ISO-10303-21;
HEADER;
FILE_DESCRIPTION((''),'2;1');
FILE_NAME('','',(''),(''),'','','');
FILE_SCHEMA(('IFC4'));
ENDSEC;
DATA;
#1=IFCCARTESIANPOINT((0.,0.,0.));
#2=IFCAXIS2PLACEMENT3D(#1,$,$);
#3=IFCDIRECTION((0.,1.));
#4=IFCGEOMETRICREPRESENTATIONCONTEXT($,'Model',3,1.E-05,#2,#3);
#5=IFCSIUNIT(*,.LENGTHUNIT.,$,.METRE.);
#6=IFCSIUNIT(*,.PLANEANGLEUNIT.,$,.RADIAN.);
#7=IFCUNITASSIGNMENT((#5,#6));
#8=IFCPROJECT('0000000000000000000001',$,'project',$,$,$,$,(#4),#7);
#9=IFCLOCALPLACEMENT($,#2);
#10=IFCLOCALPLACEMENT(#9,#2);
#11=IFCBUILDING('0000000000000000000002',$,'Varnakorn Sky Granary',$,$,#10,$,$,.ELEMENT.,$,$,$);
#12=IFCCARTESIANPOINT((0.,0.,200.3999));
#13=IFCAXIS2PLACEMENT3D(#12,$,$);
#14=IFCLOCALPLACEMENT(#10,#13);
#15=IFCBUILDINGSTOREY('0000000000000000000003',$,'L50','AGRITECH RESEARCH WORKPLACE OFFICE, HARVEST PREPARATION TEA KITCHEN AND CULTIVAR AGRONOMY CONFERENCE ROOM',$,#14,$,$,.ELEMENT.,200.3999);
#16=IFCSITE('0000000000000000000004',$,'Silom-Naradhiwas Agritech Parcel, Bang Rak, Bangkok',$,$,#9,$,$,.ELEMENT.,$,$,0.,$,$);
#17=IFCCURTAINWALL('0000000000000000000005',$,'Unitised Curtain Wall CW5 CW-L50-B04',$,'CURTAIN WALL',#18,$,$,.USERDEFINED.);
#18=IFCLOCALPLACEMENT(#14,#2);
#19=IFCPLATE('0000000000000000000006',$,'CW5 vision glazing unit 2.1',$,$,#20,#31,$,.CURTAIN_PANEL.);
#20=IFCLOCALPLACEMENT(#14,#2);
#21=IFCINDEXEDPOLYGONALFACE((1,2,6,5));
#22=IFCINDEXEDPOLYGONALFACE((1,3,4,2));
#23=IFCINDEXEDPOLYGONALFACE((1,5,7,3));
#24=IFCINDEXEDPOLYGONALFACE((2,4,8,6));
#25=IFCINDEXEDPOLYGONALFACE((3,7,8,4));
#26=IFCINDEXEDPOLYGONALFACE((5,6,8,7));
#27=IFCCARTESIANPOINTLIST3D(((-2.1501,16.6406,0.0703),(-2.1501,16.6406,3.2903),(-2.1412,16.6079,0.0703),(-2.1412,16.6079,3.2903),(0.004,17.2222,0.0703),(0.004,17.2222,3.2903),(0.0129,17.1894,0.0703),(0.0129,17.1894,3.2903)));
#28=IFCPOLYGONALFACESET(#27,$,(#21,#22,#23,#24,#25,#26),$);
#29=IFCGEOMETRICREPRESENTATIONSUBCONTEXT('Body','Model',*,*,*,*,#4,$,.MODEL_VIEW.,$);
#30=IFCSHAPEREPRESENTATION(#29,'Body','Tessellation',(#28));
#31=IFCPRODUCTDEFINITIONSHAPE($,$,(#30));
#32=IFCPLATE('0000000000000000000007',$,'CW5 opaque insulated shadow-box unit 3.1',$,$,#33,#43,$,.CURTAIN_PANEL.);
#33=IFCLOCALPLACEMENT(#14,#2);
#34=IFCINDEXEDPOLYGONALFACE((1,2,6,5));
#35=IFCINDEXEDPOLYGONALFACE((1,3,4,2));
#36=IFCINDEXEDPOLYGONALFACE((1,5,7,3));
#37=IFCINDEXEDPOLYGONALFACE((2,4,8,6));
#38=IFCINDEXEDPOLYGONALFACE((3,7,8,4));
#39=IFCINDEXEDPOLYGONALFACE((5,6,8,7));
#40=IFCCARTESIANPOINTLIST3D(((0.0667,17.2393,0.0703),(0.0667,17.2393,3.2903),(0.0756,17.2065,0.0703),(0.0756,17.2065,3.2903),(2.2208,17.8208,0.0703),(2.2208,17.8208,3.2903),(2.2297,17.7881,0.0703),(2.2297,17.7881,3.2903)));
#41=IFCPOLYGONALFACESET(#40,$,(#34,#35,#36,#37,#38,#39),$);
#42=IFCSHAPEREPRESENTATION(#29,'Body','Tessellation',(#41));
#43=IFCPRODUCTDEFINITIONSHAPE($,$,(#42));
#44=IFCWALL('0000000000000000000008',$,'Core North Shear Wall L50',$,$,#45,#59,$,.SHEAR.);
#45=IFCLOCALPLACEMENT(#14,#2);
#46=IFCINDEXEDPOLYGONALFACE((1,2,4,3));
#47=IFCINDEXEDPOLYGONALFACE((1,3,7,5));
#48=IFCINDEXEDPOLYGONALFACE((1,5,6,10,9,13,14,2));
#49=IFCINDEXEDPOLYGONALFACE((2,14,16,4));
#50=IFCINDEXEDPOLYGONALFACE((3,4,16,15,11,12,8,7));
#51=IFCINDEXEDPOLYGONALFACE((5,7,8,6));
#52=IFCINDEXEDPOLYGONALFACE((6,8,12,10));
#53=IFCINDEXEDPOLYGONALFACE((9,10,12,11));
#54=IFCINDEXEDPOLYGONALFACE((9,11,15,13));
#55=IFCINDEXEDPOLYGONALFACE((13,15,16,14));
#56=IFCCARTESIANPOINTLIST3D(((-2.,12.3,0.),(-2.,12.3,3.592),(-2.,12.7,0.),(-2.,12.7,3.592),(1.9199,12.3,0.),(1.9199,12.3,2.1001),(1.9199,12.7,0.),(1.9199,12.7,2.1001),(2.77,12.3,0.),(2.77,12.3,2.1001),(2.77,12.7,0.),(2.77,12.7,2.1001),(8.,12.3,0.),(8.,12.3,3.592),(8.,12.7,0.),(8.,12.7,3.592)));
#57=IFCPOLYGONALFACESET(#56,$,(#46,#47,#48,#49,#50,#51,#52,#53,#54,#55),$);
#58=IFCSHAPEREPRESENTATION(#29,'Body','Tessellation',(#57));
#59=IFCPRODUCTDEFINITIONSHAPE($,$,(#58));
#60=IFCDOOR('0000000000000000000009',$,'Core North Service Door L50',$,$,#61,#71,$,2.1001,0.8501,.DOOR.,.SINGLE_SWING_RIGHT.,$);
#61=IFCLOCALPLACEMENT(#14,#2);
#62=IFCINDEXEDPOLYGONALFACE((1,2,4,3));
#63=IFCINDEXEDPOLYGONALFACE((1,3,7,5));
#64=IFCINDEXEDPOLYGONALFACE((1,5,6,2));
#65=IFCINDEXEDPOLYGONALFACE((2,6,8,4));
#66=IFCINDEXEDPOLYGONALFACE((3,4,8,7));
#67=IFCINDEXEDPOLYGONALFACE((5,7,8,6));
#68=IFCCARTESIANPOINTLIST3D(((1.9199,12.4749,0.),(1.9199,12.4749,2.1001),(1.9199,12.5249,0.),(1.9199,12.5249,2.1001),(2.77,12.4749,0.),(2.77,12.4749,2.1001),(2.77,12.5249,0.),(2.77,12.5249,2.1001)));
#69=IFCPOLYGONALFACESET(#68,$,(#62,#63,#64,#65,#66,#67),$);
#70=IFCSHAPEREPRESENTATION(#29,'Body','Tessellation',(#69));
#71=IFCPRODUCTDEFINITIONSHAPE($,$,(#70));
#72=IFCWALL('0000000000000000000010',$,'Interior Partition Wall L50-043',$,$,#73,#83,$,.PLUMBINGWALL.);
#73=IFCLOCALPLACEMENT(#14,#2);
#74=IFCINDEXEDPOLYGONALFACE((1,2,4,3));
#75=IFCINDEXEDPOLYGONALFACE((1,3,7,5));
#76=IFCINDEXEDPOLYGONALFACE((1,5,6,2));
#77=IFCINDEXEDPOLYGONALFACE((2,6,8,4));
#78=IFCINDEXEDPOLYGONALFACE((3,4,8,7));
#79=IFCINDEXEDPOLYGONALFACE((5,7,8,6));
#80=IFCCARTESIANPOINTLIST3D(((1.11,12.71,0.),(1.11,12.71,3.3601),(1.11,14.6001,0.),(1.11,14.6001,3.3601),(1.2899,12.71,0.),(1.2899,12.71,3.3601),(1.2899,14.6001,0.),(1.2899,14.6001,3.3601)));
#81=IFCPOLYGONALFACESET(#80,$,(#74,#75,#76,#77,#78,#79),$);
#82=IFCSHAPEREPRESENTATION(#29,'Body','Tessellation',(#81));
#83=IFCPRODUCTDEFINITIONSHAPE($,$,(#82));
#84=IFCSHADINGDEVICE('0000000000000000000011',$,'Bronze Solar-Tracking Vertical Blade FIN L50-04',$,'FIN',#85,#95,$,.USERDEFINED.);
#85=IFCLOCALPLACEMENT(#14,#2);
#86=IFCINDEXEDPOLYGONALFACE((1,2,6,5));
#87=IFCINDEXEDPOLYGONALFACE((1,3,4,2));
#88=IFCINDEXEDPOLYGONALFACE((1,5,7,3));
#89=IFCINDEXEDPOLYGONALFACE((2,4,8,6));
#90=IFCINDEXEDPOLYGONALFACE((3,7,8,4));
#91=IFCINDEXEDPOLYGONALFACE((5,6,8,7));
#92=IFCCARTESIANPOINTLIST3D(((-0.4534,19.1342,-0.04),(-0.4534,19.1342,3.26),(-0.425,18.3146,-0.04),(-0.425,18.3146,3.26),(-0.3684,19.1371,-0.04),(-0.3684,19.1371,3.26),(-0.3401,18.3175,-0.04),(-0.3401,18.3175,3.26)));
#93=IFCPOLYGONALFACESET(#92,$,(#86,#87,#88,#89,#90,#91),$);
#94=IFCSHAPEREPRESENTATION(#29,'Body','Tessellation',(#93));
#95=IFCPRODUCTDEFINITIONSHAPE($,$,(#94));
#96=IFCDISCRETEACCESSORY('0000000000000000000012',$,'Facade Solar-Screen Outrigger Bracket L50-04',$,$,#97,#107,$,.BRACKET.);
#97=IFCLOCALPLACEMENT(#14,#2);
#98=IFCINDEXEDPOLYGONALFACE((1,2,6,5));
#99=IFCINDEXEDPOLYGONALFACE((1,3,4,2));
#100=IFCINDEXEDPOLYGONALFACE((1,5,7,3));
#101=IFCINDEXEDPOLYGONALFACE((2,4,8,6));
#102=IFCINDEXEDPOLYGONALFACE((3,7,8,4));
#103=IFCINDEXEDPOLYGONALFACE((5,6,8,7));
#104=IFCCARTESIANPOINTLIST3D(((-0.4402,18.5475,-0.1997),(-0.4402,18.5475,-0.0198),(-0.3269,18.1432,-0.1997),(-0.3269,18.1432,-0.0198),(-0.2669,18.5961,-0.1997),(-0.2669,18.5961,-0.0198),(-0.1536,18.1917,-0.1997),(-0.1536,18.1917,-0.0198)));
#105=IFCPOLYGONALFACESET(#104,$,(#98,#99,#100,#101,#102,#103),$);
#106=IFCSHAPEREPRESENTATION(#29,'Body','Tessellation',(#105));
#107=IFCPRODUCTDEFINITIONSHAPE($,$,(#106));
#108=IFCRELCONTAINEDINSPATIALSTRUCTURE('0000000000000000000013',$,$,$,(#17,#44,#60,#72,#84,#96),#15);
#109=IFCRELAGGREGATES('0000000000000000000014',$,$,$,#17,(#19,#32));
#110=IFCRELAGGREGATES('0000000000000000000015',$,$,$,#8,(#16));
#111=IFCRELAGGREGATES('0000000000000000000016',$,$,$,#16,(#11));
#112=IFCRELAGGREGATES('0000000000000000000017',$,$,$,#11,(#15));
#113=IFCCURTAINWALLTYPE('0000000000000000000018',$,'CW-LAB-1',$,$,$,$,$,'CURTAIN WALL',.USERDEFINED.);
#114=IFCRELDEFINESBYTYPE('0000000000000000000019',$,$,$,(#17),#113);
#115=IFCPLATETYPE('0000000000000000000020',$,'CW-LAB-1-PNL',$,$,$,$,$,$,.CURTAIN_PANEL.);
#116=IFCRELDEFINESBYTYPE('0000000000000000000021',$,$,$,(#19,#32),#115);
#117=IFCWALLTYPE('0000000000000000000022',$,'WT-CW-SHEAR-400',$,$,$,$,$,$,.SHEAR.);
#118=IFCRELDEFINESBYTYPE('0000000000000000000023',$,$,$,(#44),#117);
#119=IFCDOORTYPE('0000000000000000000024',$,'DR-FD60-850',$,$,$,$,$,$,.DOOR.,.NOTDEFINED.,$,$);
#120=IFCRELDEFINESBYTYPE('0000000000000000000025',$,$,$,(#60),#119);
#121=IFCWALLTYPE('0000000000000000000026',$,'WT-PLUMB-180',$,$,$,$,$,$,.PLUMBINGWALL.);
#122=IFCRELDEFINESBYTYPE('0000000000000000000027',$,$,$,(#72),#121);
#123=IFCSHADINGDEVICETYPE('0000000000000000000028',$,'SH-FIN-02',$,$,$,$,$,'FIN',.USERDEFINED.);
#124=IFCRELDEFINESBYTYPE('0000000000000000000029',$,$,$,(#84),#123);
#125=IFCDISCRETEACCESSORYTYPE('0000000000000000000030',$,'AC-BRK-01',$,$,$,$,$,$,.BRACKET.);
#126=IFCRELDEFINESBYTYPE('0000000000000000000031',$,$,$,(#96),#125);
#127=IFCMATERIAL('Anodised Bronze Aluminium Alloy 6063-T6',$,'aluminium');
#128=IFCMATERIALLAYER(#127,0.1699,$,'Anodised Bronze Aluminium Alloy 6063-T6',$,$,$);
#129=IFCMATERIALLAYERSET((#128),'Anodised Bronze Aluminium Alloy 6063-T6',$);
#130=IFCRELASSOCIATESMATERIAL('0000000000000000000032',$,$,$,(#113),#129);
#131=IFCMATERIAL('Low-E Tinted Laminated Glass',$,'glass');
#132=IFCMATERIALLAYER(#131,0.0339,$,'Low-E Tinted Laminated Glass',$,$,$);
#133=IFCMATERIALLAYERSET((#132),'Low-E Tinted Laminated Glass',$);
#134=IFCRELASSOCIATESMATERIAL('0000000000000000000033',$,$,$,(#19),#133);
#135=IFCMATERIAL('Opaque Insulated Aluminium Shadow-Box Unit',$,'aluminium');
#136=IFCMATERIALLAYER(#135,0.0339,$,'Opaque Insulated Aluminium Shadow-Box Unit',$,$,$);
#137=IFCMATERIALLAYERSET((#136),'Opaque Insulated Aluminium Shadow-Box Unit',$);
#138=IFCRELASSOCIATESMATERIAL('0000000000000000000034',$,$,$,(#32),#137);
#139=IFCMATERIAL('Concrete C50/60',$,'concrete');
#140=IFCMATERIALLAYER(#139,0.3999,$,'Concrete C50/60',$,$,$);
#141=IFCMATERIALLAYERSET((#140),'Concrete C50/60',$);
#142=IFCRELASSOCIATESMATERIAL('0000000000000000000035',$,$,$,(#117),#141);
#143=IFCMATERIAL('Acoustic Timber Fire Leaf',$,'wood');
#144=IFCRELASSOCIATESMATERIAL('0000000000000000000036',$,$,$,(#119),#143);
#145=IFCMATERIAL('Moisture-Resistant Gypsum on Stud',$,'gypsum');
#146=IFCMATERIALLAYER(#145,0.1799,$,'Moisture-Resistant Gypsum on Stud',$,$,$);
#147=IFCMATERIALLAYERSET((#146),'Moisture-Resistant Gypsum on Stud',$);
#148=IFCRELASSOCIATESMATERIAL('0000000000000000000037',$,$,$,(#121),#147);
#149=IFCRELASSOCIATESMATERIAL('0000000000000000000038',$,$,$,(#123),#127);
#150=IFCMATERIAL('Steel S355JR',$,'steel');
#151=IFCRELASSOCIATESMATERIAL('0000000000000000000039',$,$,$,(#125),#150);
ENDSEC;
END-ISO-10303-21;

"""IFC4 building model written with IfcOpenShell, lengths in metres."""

from ifc_helpers import new_model, si_unit, direction, frame, frame_2d, origin, origin_2d, place, context, subcontext, project, spatial, rectangle, extrude, source, transform, mapped, material, layer, layer_set, type_object, type_shapes, element, fill, aggregate, save


model = new_model("IFC4")

# Units and contexts
model_context = context("Model", 3, precision=1e-05, world=origin(), true_north=direction((0.0, 1.0)))
body_context = subcontext(model_context, "Body", "Model", "MODEL_VIEW")
ifc_project = project(units=[si_unit("LENGTHUNIT", "METRE"), si_unit("PLANEANGLEUNIT", "RADIAN")], contexts=[model_context])

# Site, building, storey
site_placement = place(None, origin())
site = spatial("IfcSite", under=ifc_project, at=site_placement, Name="Silom-Naradhiwas Agritech Parcel, Bang Rak, Bangkok", CompositionType="ELEMENT", RefElevation=0.0)
building_placement = place(site_placement, origin())
building = spatial("IfcBuilding", under=site, at=building_placement, Name="Varnakorn Sky Granary", CompositionType="ELEMENT")
storey_placement = place(building_placement, frame((0.0, 0.0, 200.3999)))
storey = spatial("IfcBuildingStorey", under=building, at=storey_placement, Name="L50", Description="AGRITECH RESEARCH WORKPLACE OFFICE, HARVEST PREPARATION TEA KITCHEN AND CULTIVAR AGRONOMY CONFERENCE ROOM", CompositionType="ELEMENT", Elevation=200.3999)

# Shared definitions
ifc_material_1 = material(Name="Concrete C50/60", Category="concrete")

# Shared definitions
ifc_material_2 = material(Name="Steel S355JR", Category="steel")

# Curtain wall
ifc_material_3 = material(Name="Anodised Bronze Aluminium Alloy 6063-T6", Category="aluminium")
ifc_layer_1 = layer(ifc_material_3, 0.1699, Name="Anodised Bronze Aluminium Alloy 6063-T6")
ifc_layer_set_1 = layer_set([ifc_layer_1], Name="Anodised Bronze Aluminium Alloy 6063-T6")
curtain_wall_type = type_object("IfcCurtainWallType", Name="CW-LAB-1", ElementType="CURTAIN WALL", PredefinedType="USERDEFINED", material=ifc_layer_set_1)
curtain_wall_placement = place(storey_placement, origin())
curtain_wall = element("IfcCurtainWall", 1, at=curtain_wall_placement, inside=storey, type_object=curtain_wall_type, Name="Unitised Curtain Wall CW5 CW-L50-B04", ObjectType="CURTAIN WALL", PredefinedType="USERDEFINED")

# Plates
ifc_material_4 = material(Name="Low-E Tinted Laminated Glass", Category="glass")
ifc_layer_2 = layer(ifc_material_4, 0.0339, Name="Low-E Tinted Laminated Glass")
ifc_layer_set_2 = layer_set([ifc_layer_2], Name="Low-E Tinted Laminated Glass")
plate_type = type_object("IfcPlateType", Name="CW-LAB-1-PNL", PredefinedType="CURTAIN_PANEL")
ifc_material_5 = material(Name="Opaque Insulated Aluminium Shadow-Box Unit", Category="aluminium")
ifc_layer_3 = layer(ifc_material_5, 0.0339, Name="Opaque Insulated Aluminium Shadow-Box Unit")
ifc_layer_set_3 = layer_set([ifc_layer_3], Name="Opaque Insulated Aluminium Shadow-Box Unit")
shared_shape_1 = source(origin(), body_context, "Body", "SweptSolid", [
    extrude(rectangle(XDim=2.2312, YDim=0.0339, at=origin_2d()), origin(), (0.0, 0.0, 1.0), 3.22),
])
plate_1_placement = place(storey_placement, frame((-1.0686, 16.915, 0.0703), z_axis=(0.0, 0.0, 1.0), x_axis=(0.965435, 0.260643, 0.0)))
plate_1 = element("IfcPlate", 2, at=plate_1_placement, type_object=plate_type, material=ifc_layer_set_2, Name="CW5 vision glazing unit 2.1", PredefinedType="CURTAIN_PANEL", context=body_context, shape_type="MappedRepresentation", body=[
    mapped(shared_shape_1, transform((0.0, 0.0, 0.0), x_axis=(1.0, 0.0, 0.0), y_axis=(0.0, 1.0, 0.0), z_axis=(0.0, 0.0, 1.0), scale=1.0)),
])
plate_2_placement = place(storey_placement, frame((1.1482, 17.5137, 0.0703), z_axis=(0.0, 0.0, 1.0), x_axis=(0.965435, 0.260643, 0.0)))
plate_2 = element("IfcPlate", 3, at=plate_2_placement, type_object=plate_type, material=ifc_layer_set_3, Name="CW5 opaque insulated shadow-box unit 3.1", PredefinedType="CURTAIN_PANEL", context=body_context, shape_type="MappedRepresentation", body=[
    mapped(shared_shape_1, transform((0.0, 0.0, 0.0), x_axis=(1.0, 0.0, 0.0), y_axis=(0.0, 1.0, 0.0), z_axis=(0.0, 0.0, 1.0), scale=1.0)),
])
aggregate(curtain_wall, [plate_1, plate_2])

# Wall, opening, door
ifc_layer_4 = layer(ifc_material_1, 0.3999, Name="Concrete C50/60")
ifc_layer_set_4 = layer_set([ifc_layer_4], Name="Concrete C50/60")
wall_type_1 = type_object("IfcWallType", Name="WT-CW-SHEAR-400", PredefinedType="SHEAR", material=ifc_layer_set_4)
wall_1_placement = place(storey_placement, frame((-2.0, 12.5, 0.0), z_axis=(0.0, 0.0, 1.0), x_axis=(1.0, 0.0, 0.0)))
wall_1 = element("IfcWall", 4, at=wall_1_placement, inside=storey, type_object=wall_type_1, Name="Core North Shear Wall L50", PredefinedType="SHEAR", context=body_context, shape_type="SweptSolid", body=[
    extrude(rectangle(XDim=10.0, YDim=0.3999, at=frame_2d((5.0, 0.0))), origin(), (0.0, 0.0, 1.0), 3.592),
])
opening_placement = place(wall_1_placement, frame((3.9199, 0.0, 0.0)))
opening = element("IfcOpeningElement", 5, at=opening_placement, cuts=wall_1, PredefinedType="OPENING", context=body_context, shape_type="SweptSolid", body=[
    extrude(rectangle(XDim=0.8501, YDim=2.1001, at=frame_2d((0.425, 1.05))), frame((0.0, 0.21, 0.0), z_axis=(0.0, -1.0, 0.0), x_axis=(1.0, 0.0, 0.0)), (0.0, 0.0, 1.0), 0.4199),
])
ifc_material_6 = material(Name="Acoustic Timber Fire Leaf", Category="wood")
door_type = type_object("IfcDoorType", Name="DR-FD60-850", OperationType="NOTDEFINED", PredefinedType="DOOR", material=ifc_material_6)
door_placement = place(opening_placement, origin())
door = element("IfcDoor", 6, at=door_placement, inside=storey, type_object=door_type, Name="Core North Service Door L50", OperationType="SINGLE_SWING_RIGHT", OverallHeight=2.1001, OverallWidth=0.8501, PredefinedType="DOOR", context=body_context, shape_type="SweptSolid", body=[
    extrude(rectangle(XDim=0.8501, YDim=2.1001, at=frame_2d((0.425, 1.05))), frame((0.0, 0.0249, 0.0), z_axis=(0.0, -1.0, 0.0), x_axis=(1.0, 0.0, 0.0)), (0.0, 0.0, 1.0), 0.05),
])
fill(opening, door)

# Wall
ifc_material_7 = material(Name="Moisture-Resistant Gypsum on Stud", Category="gypsum")
ifc_layer_5 = layer(ifc_material_7, 0.1799, Name="Moisture-Resistant Gypsum on Stud")
ifc_layer_set_5 = layer_set([ifc_layer_5], Name="Moisture-Resistant Gypsum on Stud")
wall_type_2 = type_object("IfcWallType", Name="WT-PLUMB-180", PredefinedType="PLUMBINGWALL", material=ifc_layer_set_5)
wall_2_placement = place(storey_placement, frame((1.2, 14.6001, 0.0), z_axis=(0.0, 0.0, 1.0), x_axis=(0.0, -1.0, 0.0)))
element("IfcWall", 7, at=wall_2_placement, inside=storey, type_object=wall_type_2, Name="Interior Partition Wall L50-043", PredefinedType="PLUMBINGWALL", context=body_context, shape_type="SweptSolid", body=[
    extrude(rectangle(XDim=1.8901, YDim=0.1799, at=frame_2d((0.9451, 0.0))), origin(), (0.0, 0.0, 1.0), 3.3601),
])

# Shading device
shading_device_type = type_object("IfcShadingDeviceType", Name="SH-FIN-02", ElementType="FIN", PredefinedType="USERDEFINED", material=ifc_material_3)
shared_shape_2 = source(origin(), body_context, "Body", "SweptSolid", [
    extrude(rectangle(XDim=0.085, YDim=0.8201, at=origin_2d()), origin(), (0.0, 0.0, 1.0), 3.3),
])
type_shapes(shading_device_type, [shared_shape_2])
shading_device_placement = place(storey_placement, frame((-0.3967, 18.7258, -0.04), z_axis=(0.0, 0.0, 1.0), x_axis=(-0.999402, -0.034572, 0.0)))
element("IfcShadingDevice", 8, at=shading_device_placement, inside=storey, type_object=shading_device_type, Name="Bronze Solar-Tracking Vertical Blade FIN L50-04", ObjectType="FIN", PredefinedType="USERDEFINED", context=body_context, shape_type="MappedRepresentation", body=[
    mapped(shared_shape_2, transform((0.0, 0.0, 0.0), x_axis=(1.0, 0.0, 0.0), y_axis=(0.0, 1.0, 0.0), z_axis=(0.0, 0.0, 1.0), scale=1.0)),
])

# Discrete accessory
discrete_accessory_type = type_object("IfcDiscreteAccessoryType", Name="AC-BRK-01", PredefinedType="BRACKET", material=ifc_material_2)
shared_shape_3 = source(origin(), body_context, "Body", "SweptSolid", [
    extrude(rectangle(XDim=0.1799, YDim=0.4199, at=origin_2d()), origin(), (0.0, 0.0, 1.0), 0.1799),
])
type_shapes(discrete_accessory_type, [shared_shape_3])
discrete_accessory_placement = place(storey_placement, frame((-0.2969, 18.3696, -0.1997), z_axis=(0.0, 0.0, 1.0), x_axis=(-0.962918, -0.269794, 0.0)))
element("IfcDiscreteAccessory", 9, at=discrete_accessory_placement, inside=storey, type_object=discrete_accessory_type, Name="Facade Solar-Screen Outrigger Bracket L50-04", PredefinedType="BRACKET", context=body_context, shape_type="MappedRepresentation", body=[
    mapped(shared_shape_3, transform((0.0, 0.0, 0.0), x_axis=(1.0, 0.0, 0.0), y_axis=(0.0, 1.0, 0.0), z_axis=(0.0, 0.0, 1.0), scale=1.0)),
])

save(model, "model.ifc")
